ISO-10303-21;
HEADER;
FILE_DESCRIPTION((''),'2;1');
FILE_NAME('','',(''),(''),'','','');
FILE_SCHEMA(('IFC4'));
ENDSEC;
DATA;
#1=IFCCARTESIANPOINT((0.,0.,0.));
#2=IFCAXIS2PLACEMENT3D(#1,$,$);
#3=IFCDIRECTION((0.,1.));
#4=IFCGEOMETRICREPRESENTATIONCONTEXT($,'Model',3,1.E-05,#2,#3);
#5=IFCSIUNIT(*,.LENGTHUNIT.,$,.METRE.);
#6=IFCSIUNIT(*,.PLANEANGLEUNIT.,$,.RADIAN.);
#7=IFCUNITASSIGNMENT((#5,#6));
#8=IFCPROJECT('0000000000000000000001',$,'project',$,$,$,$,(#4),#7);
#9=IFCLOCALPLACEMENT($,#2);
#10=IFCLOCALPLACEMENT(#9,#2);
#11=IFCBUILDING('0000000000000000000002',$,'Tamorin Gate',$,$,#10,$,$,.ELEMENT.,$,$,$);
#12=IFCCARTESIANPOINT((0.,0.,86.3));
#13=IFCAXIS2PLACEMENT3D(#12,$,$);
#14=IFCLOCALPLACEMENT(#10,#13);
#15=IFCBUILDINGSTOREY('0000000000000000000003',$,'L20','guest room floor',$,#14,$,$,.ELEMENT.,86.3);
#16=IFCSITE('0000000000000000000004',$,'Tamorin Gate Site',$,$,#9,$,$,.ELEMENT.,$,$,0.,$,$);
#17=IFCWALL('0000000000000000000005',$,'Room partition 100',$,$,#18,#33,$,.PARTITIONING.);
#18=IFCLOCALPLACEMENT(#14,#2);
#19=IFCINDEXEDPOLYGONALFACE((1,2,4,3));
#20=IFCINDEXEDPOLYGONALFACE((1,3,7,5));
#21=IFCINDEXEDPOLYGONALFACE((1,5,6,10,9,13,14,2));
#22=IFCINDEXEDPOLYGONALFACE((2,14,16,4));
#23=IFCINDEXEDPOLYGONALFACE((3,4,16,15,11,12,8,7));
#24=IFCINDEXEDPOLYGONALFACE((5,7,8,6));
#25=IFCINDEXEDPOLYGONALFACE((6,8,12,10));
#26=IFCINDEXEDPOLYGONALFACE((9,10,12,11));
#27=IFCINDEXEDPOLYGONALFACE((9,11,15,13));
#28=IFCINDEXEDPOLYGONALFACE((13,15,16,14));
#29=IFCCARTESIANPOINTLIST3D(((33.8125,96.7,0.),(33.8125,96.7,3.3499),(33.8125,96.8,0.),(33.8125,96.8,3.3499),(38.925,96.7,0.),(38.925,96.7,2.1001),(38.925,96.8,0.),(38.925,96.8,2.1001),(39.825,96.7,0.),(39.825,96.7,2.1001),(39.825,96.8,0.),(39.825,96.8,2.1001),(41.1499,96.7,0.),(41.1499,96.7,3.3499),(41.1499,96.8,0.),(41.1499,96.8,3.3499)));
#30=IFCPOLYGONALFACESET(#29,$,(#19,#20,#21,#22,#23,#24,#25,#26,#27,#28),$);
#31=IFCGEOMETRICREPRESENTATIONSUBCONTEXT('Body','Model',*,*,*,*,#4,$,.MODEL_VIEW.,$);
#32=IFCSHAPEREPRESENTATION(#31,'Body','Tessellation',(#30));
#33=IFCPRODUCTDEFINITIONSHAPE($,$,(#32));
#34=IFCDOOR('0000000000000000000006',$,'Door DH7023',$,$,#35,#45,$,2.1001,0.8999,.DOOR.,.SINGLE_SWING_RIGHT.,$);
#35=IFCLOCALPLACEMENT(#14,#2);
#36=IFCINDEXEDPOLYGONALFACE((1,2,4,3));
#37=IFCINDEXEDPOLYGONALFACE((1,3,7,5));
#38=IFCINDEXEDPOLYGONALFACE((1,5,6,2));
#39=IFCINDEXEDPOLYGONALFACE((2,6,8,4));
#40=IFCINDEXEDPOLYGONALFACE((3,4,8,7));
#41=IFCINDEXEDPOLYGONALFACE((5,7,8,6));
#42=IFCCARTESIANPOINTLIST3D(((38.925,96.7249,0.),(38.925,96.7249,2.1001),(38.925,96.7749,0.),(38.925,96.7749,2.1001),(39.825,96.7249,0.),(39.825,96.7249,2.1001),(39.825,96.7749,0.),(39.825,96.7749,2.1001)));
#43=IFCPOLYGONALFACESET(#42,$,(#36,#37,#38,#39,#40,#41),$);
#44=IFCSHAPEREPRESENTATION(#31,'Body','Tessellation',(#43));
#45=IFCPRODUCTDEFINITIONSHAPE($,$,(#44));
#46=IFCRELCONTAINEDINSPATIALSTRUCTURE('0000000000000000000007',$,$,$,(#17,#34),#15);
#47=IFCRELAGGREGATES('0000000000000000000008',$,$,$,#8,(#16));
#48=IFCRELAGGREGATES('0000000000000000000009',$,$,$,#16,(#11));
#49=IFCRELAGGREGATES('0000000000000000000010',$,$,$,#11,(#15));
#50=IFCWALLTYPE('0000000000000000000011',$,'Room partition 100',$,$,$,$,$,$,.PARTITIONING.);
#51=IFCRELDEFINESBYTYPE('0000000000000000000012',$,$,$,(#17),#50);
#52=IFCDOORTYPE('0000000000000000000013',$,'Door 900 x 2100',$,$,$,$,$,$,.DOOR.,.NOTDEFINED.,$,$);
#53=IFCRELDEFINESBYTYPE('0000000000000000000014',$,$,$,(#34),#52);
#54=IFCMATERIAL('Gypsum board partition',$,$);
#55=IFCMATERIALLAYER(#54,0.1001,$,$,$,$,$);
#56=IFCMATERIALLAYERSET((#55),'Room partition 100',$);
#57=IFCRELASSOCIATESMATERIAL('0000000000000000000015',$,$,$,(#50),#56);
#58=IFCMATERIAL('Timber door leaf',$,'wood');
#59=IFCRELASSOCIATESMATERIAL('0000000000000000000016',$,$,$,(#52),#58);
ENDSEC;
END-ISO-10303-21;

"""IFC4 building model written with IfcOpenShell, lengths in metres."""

from ifc_helpers import new_model, si_unit, direction, frame, frame_2d, origin, place, context, subcontext, project, spatial, rectangle, extrude, material, layer, layer_set, type_object, element, fill, save


model = new_model("IFC4")

# Units and contexts
model_context = context("Model", 3, precision=1e-05, world=origin(), true_north=direction((0.0, 1.0)))
body_context = subcontext(model_context, "Body", "Model", "MODEL_VIEW")
ifc_project = project(units=[si_unit("LENGTHUNIT", "METRE"), si_unit("PLANEANGLEUNIT", "RADIAN")], contexts=[model_context])

# Site, building, storey
site_placement = place(None, origin())
site = spatial("IfcSite", under=ifc_project, at=site_placement, Name="Tamorin Gate Site", CompositionType="ELEMENT", RefElevation=0.0)
building_placement = place(site_placement, origin())
building = spatial("IfcBuilding", under=site, at=building_placement, Name="Tamorin Gate", CompositionType="ELEMENT")
storey_placement = place(building_placement, frame((0.0, 0.0, 86.3)))
storey = spatial("IfcBuildingStorey", under=building, at=storey_placement, Name="L20", Description="guest room floor", CompositionType="ELEMENT", Elevation=86.3)

# Wall, opening, door
ifc_material_1 = material(Name="Gypsum board partition")
ifc_layer_1 = layer(ifc_material_1, 0.1001)
ifc_layer_set_1 = layer_set([ifc_layer_1], Name="Room partition 100")
wall_type_1 = type_object("IfcWallType", Name="Room partition 100", PredefinedType="PARTITIONING", material=ifc_layer_set_1)
wall_1_placement = place(storey_placement, frame((33.8125, 96.75, 0.0), z_axis=(0.0, 0.0, 1.0), x_axis=(1.0, 0.0, 0.0)))
wall_1 = element("IfcWall", 1, at=wall_1_placement, inside=storey, type_object=wall_type_1, Name="Room partition 100", PredefinedType="PARTITIONING", context=body_context, shape_type="SweptSolid", body=[
    extrude(rectangle(XDim=7.3374, YDim=0.1001, at=frame_2d((3.6687, 0.0))), origin(), (0.0, 0.0, 1.0), 3.3499),
])
opening_1_placement = place(wall_1_placement, frame((5.1125, 0.0, 0.0)))
opening_1 = element("IfcOpeningElement", 2, at=opening_1_placement, cuts=wall_1, PredefinedType="OPENING", context=body_context, shape_type="SweptSolid", body=[
    extrude(rectangle(XDim=0.8999, YDim=2.1001, at=frame_2d((0.45, 1.05))), frame((0.0, 0.0601, 0.0), z_axis=(0.0, -1.0, 0.0), x_axis=(1.0, 0.0, 0.0)), (0.0, 0.0, 1.0), 0.1201),
])
ifc_material_2 = material(Name="Timber door leaf", Category="wood")
door_type = type_object("IfcDoorType", Name="Door 900 x 2100", OperationType="NOTDEFINED", PredefinedType="DOOR", material=ifc_material_2)
door_placement = place(opening_1_placement, origin())
door = element("IfcDoor", 3, at=door_placement, inside=storey, type_object=door_type, Name="Door DH7023", OperationType="SINGLE_SWING_RIGHT", OverallHeight=2.1001, OverallWidth=0.8999, PredefinedType="DOOR", context=body_context, shape_type="SweptSolid", body=[
    extrude(rectangle(XDim=0.8999, YDim=2.1001, at=frame_2d((0.45, 1.05))), frame((0.0, 0.0249, 0.0), z_axis=(0.0, -1.0, 0.0), x_axis=(1.0, 0.0, 0.0)), (0.0, 0.0, 1.0), 0.05),
])
fill(opening_1, door)

save(model, "model.ifc")
